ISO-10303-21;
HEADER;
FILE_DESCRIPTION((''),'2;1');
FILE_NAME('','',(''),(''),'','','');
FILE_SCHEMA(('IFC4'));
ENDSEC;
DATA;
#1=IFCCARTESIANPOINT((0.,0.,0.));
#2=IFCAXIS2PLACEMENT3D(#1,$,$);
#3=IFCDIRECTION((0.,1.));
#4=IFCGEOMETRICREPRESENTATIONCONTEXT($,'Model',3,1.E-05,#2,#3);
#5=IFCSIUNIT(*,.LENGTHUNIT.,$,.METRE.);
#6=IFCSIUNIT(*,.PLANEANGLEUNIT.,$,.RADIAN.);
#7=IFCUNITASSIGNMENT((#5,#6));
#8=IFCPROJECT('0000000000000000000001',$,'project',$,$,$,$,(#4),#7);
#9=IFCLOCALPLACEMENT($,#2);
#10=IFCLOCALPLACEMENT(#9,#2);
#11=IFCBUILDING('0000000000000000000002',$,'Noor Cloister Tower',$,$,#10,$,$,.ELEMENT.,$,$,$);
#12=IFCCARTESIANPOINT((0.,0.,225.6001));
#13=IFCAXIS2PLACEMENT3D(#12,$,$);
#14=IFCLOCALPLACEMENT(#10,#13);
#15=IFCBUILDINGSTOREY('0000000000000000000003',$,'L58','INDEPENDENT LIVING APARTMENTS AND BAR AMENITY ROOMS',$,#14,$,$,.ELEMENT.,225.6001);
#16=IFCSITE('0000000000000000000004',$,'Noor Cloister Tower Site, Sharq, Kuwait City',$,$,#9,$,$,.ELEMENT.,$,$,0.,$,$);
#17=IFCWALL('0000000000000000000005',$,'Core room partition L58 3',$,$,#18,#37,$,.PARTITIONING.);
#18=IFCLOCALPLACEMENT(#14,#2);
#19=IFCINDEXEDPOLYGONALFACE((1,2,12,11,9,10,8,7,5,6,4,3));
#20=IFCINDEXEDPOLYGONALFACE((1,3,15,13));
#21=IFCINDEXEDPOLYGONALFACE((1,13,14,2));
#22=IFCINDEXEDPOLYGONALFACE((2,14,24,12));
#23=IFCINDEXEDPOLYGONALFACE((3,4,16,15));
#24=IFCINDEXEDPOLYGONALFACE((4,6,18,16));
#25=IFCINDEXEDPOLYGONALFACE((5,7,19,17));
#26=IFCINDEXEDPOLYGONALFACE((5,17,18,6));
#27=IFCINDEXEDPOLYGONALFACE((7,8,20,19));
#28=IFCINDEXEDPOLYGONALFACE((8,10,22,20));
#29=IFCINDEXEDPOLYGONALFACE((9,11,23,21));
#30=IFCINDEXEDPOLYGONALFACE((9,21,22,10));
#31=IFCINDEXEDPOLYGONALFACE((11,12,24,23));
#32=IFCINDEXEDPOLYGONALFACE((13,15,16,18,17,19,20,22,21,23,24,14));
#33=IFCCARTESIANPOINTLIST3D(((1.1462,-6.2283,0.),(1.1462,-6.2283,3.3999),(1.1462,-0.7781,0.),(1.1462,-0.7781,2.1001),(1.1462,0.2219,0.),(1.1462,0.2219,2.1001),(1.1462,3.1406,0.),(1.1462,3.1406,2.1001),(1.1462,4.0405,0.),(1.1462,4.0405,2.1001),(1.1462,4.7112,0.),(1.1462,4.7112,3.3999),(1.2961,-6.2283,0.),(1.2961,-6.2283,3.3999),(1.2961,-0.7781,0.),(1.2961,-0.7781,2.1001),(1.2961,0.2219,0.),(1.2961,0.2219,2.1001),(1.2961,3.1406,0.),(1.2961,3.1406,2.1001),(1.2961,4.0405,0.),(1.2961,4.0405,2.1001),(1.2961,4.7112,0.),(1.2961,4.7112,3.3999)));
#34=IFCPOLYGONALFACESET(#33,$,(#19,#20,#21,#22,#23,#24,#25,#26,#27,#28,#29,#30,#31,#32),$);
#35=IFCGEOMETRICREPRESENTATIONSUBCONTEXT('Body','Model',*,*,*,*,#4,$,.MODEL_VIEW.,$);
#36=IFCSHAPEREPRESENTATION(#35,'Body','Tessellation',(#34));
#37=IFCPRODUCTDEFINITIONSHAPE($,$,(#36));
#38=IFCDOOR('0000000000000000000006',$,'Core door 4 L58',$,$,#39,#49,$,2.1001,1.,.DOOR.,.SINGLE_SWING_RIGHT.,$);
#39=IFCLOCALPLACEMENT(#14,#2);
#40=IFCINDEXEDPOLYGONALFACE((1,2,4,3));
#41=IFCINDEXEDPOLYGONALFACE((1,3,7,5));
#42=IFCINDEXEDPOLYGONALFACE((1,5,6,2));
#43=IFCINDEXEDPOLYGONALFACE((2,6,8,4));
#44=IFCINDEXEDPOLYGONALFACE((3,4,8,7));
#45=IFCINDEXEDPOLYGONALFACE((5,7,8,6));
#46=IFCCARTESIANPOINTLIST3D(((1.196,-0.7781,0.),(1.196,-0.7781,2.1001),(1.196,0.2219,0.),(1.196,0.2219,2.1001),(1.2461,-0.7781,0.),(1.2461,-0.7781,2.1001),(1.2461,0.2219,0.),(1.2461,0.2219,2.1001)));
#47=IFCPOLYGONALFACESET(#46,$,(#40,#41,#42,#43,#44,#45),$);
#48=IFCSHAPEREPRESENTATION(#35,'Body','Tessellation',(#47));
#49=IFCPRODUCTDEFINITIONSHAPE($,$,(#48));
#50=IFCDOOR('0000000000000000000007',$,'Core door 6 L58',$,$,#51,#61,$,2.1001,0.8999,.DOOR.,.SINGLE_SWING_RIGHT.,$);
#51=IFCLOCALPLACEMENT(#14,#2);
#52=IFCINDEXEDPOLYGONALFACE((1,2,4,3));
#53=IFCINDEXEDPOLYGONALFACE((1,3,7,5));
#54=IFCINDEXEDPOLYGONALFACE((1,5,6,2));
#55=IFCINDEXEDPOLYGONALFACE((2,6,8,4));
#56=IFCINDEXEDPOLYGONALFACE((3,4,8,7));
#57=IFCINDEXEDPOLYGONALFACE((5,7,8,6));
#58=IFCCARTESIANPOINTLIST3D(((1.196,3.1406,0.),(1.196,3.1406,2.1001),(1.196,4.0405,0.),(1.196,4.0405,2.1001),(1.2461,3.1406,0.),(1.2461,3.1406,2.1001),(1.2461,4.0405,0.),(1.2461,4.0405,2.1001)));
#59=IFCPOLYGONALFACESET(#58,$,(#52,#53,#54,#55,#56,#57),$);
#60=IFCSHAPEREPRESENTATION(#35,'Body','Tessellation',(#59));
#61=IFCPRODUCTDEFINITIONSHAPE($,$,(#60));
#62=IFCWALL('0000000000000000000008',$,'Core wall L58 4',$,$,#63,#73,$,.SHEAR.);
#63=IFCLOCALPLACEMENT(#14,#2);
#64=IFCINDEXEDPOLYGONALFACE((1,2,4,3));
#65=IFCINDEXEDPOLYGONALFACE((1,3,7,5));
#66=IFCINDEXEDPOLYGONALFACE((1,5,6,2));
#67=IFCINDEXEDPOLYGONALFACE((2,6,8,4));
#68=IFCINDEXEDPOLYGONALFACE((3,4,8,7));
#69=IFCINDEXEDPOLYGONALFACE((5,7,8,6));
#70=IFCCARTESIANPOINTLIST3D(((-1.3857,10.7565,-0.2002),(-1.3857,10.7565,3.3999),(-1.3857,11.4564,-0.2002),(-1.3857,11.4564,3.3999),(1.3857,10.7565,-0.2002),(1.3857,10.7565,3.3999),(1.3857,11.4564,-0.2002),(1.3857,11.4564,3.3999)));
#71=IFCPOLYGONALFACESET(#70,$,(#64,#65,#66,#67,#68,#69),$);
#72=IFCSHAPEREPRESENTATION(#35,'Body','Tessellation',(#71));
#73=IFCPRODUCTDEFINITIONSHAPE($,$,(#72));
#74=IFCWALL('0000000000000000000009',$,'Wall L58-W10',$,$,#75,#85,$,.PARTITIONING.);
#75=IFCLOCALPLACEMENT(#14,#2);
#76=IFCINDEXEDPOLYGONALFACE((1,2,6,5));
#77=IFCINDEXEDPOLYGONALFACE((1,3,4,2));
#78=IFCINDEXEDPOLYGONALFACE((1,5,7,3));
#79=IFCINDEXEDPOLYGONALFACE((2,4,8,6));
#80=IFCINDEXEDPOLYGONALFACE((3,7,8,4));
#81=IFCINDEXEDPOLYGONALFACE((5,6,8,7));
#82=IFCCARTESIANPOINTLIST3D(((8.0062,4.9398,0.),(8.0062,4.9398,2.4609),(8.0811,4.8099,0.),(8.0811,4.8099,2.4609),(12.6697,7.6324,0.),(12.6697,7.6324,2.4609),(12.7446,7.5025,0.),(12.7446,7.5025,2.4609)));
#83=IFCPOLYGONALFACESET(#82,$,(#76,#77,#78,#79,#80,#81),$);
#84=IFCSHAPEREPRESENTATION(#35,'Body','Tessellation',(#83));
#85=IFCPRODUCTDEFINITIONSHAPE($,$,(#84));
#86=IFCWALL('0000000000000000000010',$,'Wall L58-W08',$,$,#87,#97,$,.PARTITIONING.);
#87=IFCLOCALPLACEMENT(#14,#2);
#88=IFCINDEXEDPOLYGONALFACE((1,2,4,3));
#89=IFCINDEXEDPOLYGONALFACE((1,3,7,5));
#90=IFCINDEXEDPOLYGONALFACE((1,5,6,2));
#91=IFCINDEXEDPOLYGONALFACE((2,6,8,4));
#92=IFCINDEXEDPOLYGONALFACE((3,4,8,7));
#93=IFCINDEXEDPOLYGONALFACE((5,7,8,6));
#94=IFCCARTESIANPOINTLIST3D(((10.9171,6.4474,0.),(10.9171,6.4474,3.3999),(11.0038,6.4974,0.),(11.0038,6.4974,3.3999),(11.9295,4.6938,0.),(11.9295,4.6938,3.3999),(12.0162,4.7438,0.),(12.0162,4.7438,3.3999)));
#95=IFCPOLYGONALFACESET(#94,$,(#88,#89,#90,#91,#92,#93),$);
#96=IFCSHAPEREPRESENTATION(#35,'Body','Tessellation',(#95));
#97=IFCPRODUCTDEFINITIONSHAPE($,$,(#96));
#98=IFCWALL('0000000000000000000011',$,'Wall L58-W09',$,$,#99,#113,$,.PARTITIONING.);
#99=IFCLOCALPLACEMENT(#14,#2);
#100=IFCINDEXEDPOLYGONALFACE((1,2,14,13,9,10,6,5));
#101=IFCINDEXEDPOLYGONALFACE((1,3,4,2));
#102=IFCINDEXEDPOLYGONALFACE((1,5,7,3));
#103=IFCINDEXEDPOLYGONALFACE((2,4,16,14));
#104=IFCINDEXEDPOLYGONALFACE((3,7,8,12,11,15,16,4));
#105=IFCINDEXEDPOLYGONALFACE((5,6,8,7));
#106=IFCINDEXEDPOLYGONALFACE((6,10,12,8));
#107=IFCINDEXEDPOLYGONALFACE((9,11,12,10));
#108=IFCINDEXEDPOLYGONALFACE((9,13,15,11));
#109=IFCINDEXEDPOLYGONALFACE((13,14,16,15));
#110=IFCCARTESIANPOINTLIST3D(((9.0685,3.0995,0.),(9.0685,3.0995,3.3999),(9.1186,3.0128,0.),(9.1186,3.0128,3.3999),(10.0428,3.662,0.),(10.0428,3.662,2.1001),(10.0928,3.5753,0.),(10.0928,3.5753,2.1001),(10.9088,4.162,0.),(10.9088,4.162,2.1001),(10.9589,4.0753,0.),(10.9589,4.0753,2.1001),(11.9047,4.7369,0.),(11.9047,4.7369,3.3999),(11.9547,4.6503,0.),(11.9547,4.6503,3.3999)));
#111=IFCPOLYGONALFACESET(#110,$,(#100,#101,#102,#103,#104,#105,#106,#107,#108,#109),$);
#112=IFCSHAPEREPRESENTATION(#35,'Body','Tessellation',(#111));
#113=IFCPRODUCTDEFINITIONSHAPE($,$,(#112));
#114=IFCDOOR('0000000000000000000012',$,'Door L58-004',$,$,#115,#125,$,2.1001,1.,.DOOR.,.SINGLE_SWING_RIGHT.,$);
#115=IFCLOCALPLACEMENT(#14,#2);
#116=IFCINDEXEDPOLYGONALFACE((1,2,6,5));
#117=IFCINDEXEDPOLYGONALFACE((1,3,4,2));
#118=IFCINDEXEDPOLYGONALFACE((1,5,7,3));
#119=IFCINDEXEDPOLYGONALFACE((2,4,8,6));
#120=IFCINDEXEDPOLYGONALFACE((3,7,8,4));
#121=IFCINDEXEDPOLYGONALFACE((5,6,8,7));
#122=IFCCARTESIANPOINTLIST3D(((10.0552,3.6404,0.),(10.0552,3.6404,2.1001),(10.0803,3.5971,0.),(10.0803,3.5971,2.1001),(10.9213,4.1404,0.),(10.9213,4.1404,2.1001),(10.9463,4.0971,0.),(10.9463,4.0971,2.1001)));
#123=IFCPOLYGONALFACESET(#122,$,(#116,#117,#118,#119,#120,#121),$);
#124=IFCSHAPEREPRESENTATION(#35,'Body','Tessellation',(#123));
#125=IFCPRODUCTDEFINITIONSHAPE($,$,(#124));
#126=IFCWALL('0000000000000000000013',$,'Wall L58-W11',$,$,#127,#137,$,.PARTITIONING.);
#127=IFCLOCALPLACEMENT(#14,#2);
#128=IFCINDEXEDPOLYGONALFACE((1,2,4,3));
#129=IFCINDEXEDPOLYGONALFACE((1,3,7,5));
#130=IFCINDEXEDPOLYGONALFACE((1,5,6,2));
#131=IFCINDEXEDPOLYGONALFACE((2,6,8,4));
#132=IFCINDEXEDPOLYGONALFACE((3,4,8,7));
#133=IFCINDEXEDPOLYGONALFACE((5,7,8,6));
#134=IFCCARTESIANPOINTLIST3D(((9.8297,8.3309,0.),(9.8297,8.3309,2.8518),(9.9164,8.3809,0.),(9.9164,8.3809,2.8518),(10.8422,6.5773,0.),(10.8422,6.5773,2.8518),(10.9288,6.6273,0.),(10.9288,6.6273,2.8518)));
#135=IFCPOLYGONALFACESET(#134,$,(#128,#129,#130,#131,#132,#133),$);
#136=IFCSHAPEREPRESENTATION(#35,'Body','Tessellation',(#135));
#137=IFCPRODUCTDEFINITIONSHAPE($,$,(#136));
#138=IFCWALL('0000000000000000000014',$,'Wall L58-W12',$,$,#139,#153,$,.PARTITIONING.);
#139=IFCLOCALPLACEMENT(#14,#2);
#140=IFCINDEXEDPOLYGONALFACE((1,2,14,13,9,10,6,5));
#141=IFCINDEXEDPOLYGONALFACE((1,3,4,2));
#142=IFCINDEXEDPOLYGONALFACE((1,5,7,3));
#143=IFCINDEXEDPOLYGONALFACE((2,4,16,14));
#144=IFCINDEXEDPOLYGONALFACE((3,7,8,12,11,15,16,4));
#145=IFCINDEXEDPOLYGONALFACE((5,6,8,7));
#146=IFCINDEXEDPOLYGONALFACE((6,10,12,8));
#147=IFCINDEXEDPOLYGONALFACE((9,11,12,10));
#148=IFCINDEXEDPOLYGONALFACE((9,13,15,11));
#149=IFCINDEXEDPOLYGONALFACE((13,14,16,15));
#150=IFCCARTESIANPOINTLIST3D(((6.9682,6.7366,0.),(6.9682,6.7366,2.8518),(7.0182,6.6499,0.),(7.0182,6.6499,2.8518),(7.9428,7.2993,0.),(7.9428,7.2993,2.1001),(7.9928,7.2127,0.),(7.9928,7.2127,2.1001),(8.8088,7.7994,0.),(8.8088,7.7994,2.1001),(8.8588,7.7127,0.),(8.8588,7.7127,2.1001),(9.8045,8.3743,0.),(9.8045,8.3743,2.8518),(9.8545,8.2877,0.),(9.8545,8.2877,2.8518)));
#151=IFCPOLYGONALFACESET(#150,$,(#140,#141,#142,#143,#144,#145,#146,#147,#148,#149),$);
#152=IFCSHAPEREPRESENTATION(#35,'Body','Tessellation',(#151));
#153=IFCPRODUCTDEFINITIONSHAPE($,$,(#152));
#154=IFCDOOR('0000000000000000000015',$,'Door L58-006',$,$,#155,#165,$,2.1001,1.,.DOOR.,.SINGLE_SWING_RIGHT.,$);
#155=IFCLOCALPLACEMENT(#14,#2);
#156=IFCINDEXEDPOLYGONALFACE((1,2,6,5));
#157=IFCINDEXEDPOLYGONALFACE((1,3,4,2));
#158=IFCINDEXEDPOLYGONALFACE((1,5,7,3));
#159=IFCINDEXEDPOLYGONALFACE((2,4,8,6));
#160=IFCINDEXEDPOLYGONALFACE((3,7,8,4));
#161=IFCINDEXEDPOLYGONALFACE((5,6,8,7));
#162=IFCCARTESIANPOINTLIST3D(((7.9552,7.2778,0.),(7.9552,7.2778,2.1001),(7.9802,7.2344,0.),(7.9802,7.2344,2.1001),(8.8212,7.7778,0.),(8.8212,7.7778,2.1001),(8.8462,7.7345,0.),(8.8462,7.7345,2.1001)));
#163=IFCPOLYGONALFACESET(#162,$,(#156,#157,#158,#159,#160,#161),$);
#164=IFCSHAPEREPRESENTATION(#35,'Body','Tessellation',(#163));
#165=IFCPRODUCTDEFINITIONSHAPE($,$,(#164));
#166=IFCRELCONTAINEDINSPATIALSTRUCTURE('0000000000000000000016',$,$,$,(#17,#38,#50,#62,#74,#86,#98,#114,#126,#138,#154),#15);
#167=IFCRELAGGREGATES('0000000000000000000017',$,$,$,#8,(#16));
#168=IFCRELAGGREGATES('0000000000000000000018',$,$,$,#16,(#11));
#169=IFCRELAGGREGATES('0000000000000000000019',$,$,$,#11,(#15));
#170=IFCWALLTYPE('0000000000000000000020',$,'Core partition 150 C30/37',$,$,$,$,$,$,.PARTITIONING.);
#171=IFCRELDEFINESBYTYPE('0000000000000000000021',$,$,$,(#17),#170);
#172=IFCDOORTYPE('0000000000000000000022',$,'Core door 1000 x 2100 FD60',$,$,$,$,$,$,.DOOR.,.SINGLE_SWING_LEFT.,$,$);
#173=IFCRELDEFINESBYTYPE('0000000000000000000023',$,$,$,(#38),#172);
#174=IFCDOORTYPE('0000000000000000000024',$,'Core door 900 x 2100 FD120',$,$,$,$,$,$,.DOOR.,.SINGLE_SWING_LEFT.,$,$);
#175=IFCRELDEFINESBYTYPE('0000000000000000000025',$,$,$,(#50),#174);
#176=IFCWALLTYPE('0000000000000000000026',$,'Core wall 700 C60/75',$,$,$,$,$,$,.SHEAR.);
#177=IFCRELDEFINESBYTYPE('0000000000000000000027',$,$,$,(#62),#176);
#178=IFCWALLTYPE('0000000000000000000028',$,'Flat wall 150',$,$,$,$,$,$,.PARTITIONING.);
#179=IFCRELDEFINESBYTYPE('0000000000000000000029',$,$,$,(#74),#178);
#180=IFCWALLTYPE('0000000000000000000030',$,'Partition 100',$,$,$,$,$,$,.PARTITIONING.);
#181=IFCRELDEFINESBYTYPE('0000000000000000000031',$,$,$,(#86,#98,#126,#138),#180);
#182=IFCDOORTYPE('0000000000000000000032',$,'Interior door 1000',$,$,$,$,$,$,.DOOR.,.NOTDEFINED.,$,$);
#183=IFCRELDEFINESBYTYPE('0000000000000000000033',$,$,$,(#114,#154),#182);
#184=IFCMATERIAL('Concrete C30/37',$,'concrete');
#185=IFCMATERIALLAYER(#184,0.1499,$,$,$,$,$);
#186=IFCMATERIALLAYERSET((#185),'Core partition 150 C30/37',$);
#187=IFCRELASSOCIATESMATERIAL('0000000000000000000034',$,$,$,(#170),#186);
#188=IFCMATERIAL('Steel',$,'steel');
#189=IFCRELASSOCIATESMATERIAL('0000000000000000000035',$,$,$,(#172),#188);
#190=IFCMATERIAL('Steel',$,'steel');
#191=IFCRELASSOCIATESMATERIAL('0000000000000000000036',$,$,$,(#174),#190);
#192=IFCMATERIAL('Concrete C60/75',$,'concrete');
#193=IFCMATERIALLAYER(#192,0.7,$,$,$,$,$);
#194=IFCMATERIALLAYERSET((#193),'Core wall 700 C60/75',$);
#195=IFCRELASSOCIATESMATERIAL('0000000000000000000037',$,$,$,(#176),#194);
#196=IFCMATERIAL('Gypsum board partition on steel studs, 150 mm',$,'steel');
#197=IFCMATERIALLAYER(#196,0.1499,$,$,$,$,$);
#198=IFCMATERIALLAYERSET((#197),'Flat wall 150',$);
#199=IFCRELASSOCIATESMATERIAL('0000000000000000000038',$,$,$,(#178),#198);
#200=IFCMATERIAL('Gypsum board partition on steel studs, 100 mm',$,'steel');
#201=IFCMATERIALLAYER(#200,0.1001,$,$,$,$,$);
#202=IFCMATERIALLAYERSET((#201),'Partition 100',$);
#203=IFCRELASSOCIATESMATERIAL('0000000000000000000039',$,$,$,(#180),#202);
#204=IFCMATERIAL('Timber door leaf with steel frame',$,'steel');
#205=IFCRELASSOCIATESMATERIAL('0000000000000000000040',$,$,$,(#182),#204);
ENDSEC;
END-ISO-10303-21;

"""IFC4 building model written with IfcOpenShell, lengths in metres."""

from ifc_helpers import new_model, si_unit, direction, frame, frame_2d, origin, place, context, subcontext, project, spatial, rectangle, extrude, material, layer, layer_set, type_object, element, fill, save


model = new_model("IFC4")

# Units and contexts
model_context = context("Model", 3, precision=1e-05, world=origin(), true_north=direction((0.0, 1.0)))
body_context = subcontext(model_context, "Body", "Model", "MODEL_VIEW")
ifc_project = project(units=[si_unit("LENGTHUNIT", "METRE"), si_unit("PLANEANGLEUNIT", "RADIAN")], contexts=[model_context])

# Site, building, storey
site_placement = place(None, origin())
site = spatial("IfcSite", under=ifc_project, at=site_placement, Name="Noor Cloister Tower Site, Sharq, Kuwait City", CompositionType="ELEMENT", RefElevation=0.0)
building_placement = place(site_placement, origin())
building = spatial("IfcBuilding", under=site, at=building_placement, Name="Noor Cloister Tower", CompositionType="ELEMENT")
storey_placement = place(building_placement, frame((0.0, 0.0, 225.6001)))
storey = spatial("IfcBuildingStorey", under=building, at=storey_placement, Name="L58", Description="INDEPENDENT LIVING APARTMENTS AND BAR AMENITY ROOMS", CompositionType="ELEMENT", Elevation=225.6001)

# Wall, openings, doors
ifc_material_1 = material(Name="Concrete C30/37", Category="concrete")
ifc_layer_1 = layer(ifc_material_1, 0.1499)
ifc_layer_set_1 = layer_set([ifc_layer_1], Name="Core partition 150 C30/37")
wall_type_1 = type_object("IfcWallType", Name="Core partition 150 C30/37", PredefinedType="PARTITIONING", material=ifc_layer_set_1)
wall_1_placement = place(storey_placement, frame((1.2212, 4.7112, 0.0), z_axis=(0.0, 0.0, 1.0), x_axis=(0.0, -1.0, 0.0)))
wall_1 = element("IfcWall", 1, at=wall_1_placement, inside=storey, type_object=wall_type_1, Name="Core room partition L58 3", PredefinedType="PARTITIONING", context=body_context, shape_type="SweptSolid", body=[
    extrude(rectangle(XDim=10.9395, YDim=0.1499, at=frame_2d((5.4697, 0.0))), origin(), (0.0, 0.0, 1.0), 3.3999),
])
opening_1_placement = place(wall_1_placement, frame((4.4893, 0.0, 0.0)))
opening_1 = element("IfcOpeningElement", 2, at=opening_1_placement, cuts=wall_1, PredefinedType="OPENING", context=body_context, shape_type="SweptSolid", body=[
    extrude(rectangle(XDim=1.0, YDim=2.1001, at=frame_2d((0.5, 1.05))), frame((0.0, 0.085, 0.0), z_axis=(0.0, -1.0, 0.0), x_axis=(1.0, 0.0, 0.0)), (0.0, 0.0, 1.0), 0.1699),
])
opening_2_placement = place(wall_1_placement, frame((0.6707, 0.0, 0.0)))
opening_2 = element("IfcOpeningElement", 3, at=opening_2_placement, cuts=wall_1, PredefinedType="OPENING", context=body_context, shape_type="SweptSolid", body=[
    extrude(rectangle(XDim=0.8999, YDim=2.1001, at=frame_2d((0.45, 1.05))), frame((0.0, 0.085, 0.0), z_axis=(0.0, -1.0, 0.0), x_axis=(1.0, 0.0, 0.0)), (0.0, 0.0, 1.0), 0.1699),
])
ifc_material_2 = material(Name="Steel", Category="steel")
door_type_1 = type_object("IfcDoorType", Name="Core door 1000 x 2100 FD60", OperationType="SINGLE_SWING_LEFT", PredefinedType="DOOR", material=ifc_material_2)
door_1_placement = place(opening_1_placement, origin())
door_1 = element("IfcDoor", 4, at=door_1_placement, inside=storey, type_object=door_type_1, Name="Core door 4 L58", OperationType="SINGLE_SWING_RIGHT", OverallHeight=2.1001, OverallWidth=1.0, PredefinedType="DOOR", context=body_context, shape_type="SweptSolid", body=[
    extrude(rectangle(XDim=1.0, YDim=2.1001, at=frame_2d((0.5, 1.05))), frame((0.0, 0.0249, 0.0), z_axis=(0.0, -1.0, 0.0), x_axis=(1.0, 0.0, 0.0)), (0.0, 0.0, 1.0), 0.05),
])
fill(opening_1, door_1)
ifc_material_3 = material(Name="Steel", Category="steel")
door_type_2 = type_object("IfcDoorType", Name="Core door 900 x 2100 FD120", OperationType="SINGLE_SWING_LEFT", PredefinedType="DOOR", material=ifc_material_3)
door_2_placement = place(opening_2_placement, origin())
door_2 = element("IfcDoor", 5, at=door_2_placement, inside=storey, type_object=door_type_2, Name="Core door 6 L58", OperationType="SINGLE_SWING_RIGHT", OverallHeight=2.1001, OverallWidth=0.8999, PredefinedType="DOOR", context=body_context, shape_type="SweptSolid", body=[
    extrude(rectangle(XDim=0.8999, YDim=2.1001, at=frame_2d((0.45, 1.05))), frame((0.0, 0.0249, 0.0), z_axis=(0.0, -1.0, 0.0), x_axis=(1.0, 0.0, 0.0)), (0.0, 0.0, 1.0), 0.05),
])
fill(opening_2, door_2)

# Walls
ifc_material_4 = material(Name="Concrete C60/75", Category="concrete")
ifc_layer_2 = layer(ifc_material_4, 0.7)
ifc_layer_set_2 = layer_set([ifc_layer_2], Name="Core wall 700 C60/75")
wall_type_2 = type_object("IfcWallType", Name="Core wall 700 C60/75", PredefinedType="SHEAR", material=ifc_layer_set_2)
wall_2_placement = place(storey_placement, frame((1.3857, 11.1064, -0.2002), z_axis=(0.0, 0.0, 1.0), x_axis=(-1.0, 0.0, 0.0)))
element("IfcWall", 6, at=wall_2_placement, inside=storey, type_object=wall_type_2, Name="Core wall L58 4", PredefinedType="SHEAR", context=body_context, shape_type="SweptSolid", body=[
    extrude(rectangle(XDim=2.7715, YDim=0.7, at=frame_2d((1.3857, 0.0))), origin(), (0.0, 0.0, 1.0), 3.6001),
])
ifc_material_5 = material(Name="Gypsum board partition on steel studs, 150 mm", Category="steel")
ifc_layer_3 = layer(ifc_material_5, 0.1499)
ifc_layer_set_3 = layer_set([ifc_layer_3], Name="Flat wall 150")
wall_type_3 = type_object("IfcWallType", Name="Flat wall 150", PredefinedType="PARTITIONING", material=ifc_layer_set_3)
wall_3_placement = place(storey_placement, frame((12.707, 7.5674, 0.0), z_axis=(0.0, 0.0, 1.0), x_axis=(-0.866016, -0.500015, 0.0)))
element("IfcWall", 7, at=wall_3_placement, inside=storey, type_object=wall_type_3, Name="Wall L58-W10", PredefinedType="PARTITIONING", context=body_context, shape_type="SweptSolid", body=[
    extrude(rectangle(XDim=5.385, YDim=0.1499, at=frame_2d((2.6924, 0.0))), origin(), (0.0, 0.0, 1.0), 2.4609),
])
ifc_material_6 = material(Name="Gypsum board partition on steel studs, 100 mm", Category="steel")
ifc_layer_4 = layer(ifc_material_6, 0.1001)
ifc_layer_set_4 = layer_set([ifc_layer_4], Name="Partition 100")
wall_type_4 = type_object("IfcWallType", Name="Partition 100", PredefinedType="PARTITIONING", material=ifc_layer_set_4)
wall_4_placement = place(storey_placement, frame((10.9604, 6.4724, 0.0), z_axis=(0.0, 0.0, 1.0), x_axis=(0.49999, -0.866031, 0.0)))
element("IfcWall", 8, at=wall_4_placement, inside=storey, type_object=wall_type_4, Name="Wall L58-W08", PredefinedType="PARTITIONING", context=body_context, shape_type="SweptSolid", body=[
    extrude(rectangle(XDim=2.0249, YDim=0.1001, at=frame_2d((1.0125, 0.0))), origin(), (0.0, 0.0, 1.0), 3.3999),
])

# Wall, opening, door
wall_5_placement = place(storey_placement, frame((11.9297, 4.6936, 0.0), z_axis=(0.0, 0.0, 1.0), x_axis=(-0.866028, -0.499996, 0.0)))
wall_5 = element("IfcWall", 9, at=wall_5_placement, inside=storey, type_object=wall_type_4, Name="Wall L58-W09", PredefinedType="PARTITIONING", context=body_context, shape_type="SweptSolid", body=[
    extrude(rectangle(XDim=3.2749, YDim=0.1001, at=frame_2d((1.6375, 0.0))), origin(), (0.0, 0.0, 1.0), 3.3999),
])
opening_3_placement = place(wall_5_placement, frame((1.1499, 0.0, 0.0)))
opening_3 = element("IfcOpeningElement", 10, at=opening_3_placement, cuts=wall_5, PredefinedType="OPENING", context=body_context, shape_type="SweptSolid", body=[
    extrude(rectangle(XDim=1.0, YDim=2.1001, at=frame_2d((0.5, 1.05))), frame((0.0, 0.0601, 0.0), z_axis=(0.0, -1.0, 0.0), x_axis=(1.0, 0.0, 0.0)), (0.0, 0.0, 1.0), 0.1201),
])
ifc_material_7 = material(Name="Timber door leaf with steel frame", Category="steel")
door_type_3 = type_object("IfcDoorType", Name="Interior door 1000", OperationType="NOTDEFINED", PredefinedType="DOOR", material=ifc_material_7)
door_3_placement = place(opening_3_placement, origin())
door_3 = element("IfcDoor", 11, at=door_3_placement, inside=storey, type_object=door_type_3, Name="Door L58-004", OperationType="SINGLE_SWING_RIGHT", OverallHeight=2.1001, OverallWidth=1.0, PredefinedType="DOOR", context=body_context, shape_type="SweptSolid", body=[
    extrude(rectangle(XDim=1.0, YDim=2.1001, at=frame_2d((0.5, 1.05))), frame((0.0, 0.0249, 0.0), z_axis=(0.0, -1.0, 0.0), x_axis=(1.0, 0.0, 0.0)), (0.0, 0.0, 1.0), 0.05),
])
fill(opening_3, door_3)

# Wall
wall_6_placement = place(storey_placement, frame((10.8855, 6.6023, 0.0), z_axis=(0.0, 0.0, 1.0), x_axis=(-0.49999, 0.866031, 0.0)))
element("IfcWall", 12, at=wall_6_placement, inside=storey, type_object=wall_type_4, Name="Wall L58-W11", PredefinedType="PARTITIONING", context=body_context, shape_type="SweptSolid", body=[
    extrude(rectangle(XDim=2.0249, YDim=0.1001, at=frame_2d((1.0125, 0.0))), origin(), (0.0, 0.0, 1.0), 2.8518),
])

# Wall, opening, door
wall_7_placement = place(storey_placement, frame((9.8296, 8.3311, 0.0), z_axis=(0.0, 0.0, 1.0), x_axis=(-0.865996, -0.500052, 0.0)))
wall_7 = element("IfcWall", 13, at=wall_7_placement, inside=storey, type_object=wall_type_4, Name="Wall L58-W12", PredefinedType="PARTITIONING", context=body_context, shape_type="SweptSolid", body=[
    extrude(rectangle(XDim=3.2751, YDim=0.1001, at=frame_2d((1.6377, 0.0))), origin(), (0.0, 0.0, 1.0), 2.8518),
])
opening_4_placement = place(wall_7_placement, frame((1.1499, 0.0, 0.0)))
opening_4 = element("IfcOpeningElement", 14, at=opening_4_placement, cuts=wall_7, PredefinedType="OPENING", context=body_context, shape_type="SweptSolid", body=[
    extrude(rectangle(XDim=1.0, YDim=2.1001, at=frame_2d((0.5, 1.05))), frame((0.0, 0.0601, 0.0), z_axis=(0.0, -1.0, 0.0), x_axis=(1.0, 0.0, 0.0)), (0.0, 0.0, 1.0), 0.1201),
])
door_4_placement = place(opening_4_placement, origin())
door_4 = element("IfcDoor", 15, at=door_4_placement, inside=storey, type_object=door_type_3, Name="Door L58-006", OperationType="SINGLE_SWING_RIGHT", OverallHeight=2.1001, OverallWidth=1.0, PredefinedType="DOOR", context=body_context, shape_type="SweptSolid", body=[
    extrude(rectangle(XDim=1.0, YDim=2.1001, at=frame_2d((0.5, 1.05))), frame((0.0, 0.0249, 0.0), z_axis=(0.0, -1.0, 0.0), x_axis=(1.0, 0.0, 0.0)), (0.0, 0.0, 1.0), 0.05),
])
fill(opening_4, door_4)

save(model, "model.ifc")
